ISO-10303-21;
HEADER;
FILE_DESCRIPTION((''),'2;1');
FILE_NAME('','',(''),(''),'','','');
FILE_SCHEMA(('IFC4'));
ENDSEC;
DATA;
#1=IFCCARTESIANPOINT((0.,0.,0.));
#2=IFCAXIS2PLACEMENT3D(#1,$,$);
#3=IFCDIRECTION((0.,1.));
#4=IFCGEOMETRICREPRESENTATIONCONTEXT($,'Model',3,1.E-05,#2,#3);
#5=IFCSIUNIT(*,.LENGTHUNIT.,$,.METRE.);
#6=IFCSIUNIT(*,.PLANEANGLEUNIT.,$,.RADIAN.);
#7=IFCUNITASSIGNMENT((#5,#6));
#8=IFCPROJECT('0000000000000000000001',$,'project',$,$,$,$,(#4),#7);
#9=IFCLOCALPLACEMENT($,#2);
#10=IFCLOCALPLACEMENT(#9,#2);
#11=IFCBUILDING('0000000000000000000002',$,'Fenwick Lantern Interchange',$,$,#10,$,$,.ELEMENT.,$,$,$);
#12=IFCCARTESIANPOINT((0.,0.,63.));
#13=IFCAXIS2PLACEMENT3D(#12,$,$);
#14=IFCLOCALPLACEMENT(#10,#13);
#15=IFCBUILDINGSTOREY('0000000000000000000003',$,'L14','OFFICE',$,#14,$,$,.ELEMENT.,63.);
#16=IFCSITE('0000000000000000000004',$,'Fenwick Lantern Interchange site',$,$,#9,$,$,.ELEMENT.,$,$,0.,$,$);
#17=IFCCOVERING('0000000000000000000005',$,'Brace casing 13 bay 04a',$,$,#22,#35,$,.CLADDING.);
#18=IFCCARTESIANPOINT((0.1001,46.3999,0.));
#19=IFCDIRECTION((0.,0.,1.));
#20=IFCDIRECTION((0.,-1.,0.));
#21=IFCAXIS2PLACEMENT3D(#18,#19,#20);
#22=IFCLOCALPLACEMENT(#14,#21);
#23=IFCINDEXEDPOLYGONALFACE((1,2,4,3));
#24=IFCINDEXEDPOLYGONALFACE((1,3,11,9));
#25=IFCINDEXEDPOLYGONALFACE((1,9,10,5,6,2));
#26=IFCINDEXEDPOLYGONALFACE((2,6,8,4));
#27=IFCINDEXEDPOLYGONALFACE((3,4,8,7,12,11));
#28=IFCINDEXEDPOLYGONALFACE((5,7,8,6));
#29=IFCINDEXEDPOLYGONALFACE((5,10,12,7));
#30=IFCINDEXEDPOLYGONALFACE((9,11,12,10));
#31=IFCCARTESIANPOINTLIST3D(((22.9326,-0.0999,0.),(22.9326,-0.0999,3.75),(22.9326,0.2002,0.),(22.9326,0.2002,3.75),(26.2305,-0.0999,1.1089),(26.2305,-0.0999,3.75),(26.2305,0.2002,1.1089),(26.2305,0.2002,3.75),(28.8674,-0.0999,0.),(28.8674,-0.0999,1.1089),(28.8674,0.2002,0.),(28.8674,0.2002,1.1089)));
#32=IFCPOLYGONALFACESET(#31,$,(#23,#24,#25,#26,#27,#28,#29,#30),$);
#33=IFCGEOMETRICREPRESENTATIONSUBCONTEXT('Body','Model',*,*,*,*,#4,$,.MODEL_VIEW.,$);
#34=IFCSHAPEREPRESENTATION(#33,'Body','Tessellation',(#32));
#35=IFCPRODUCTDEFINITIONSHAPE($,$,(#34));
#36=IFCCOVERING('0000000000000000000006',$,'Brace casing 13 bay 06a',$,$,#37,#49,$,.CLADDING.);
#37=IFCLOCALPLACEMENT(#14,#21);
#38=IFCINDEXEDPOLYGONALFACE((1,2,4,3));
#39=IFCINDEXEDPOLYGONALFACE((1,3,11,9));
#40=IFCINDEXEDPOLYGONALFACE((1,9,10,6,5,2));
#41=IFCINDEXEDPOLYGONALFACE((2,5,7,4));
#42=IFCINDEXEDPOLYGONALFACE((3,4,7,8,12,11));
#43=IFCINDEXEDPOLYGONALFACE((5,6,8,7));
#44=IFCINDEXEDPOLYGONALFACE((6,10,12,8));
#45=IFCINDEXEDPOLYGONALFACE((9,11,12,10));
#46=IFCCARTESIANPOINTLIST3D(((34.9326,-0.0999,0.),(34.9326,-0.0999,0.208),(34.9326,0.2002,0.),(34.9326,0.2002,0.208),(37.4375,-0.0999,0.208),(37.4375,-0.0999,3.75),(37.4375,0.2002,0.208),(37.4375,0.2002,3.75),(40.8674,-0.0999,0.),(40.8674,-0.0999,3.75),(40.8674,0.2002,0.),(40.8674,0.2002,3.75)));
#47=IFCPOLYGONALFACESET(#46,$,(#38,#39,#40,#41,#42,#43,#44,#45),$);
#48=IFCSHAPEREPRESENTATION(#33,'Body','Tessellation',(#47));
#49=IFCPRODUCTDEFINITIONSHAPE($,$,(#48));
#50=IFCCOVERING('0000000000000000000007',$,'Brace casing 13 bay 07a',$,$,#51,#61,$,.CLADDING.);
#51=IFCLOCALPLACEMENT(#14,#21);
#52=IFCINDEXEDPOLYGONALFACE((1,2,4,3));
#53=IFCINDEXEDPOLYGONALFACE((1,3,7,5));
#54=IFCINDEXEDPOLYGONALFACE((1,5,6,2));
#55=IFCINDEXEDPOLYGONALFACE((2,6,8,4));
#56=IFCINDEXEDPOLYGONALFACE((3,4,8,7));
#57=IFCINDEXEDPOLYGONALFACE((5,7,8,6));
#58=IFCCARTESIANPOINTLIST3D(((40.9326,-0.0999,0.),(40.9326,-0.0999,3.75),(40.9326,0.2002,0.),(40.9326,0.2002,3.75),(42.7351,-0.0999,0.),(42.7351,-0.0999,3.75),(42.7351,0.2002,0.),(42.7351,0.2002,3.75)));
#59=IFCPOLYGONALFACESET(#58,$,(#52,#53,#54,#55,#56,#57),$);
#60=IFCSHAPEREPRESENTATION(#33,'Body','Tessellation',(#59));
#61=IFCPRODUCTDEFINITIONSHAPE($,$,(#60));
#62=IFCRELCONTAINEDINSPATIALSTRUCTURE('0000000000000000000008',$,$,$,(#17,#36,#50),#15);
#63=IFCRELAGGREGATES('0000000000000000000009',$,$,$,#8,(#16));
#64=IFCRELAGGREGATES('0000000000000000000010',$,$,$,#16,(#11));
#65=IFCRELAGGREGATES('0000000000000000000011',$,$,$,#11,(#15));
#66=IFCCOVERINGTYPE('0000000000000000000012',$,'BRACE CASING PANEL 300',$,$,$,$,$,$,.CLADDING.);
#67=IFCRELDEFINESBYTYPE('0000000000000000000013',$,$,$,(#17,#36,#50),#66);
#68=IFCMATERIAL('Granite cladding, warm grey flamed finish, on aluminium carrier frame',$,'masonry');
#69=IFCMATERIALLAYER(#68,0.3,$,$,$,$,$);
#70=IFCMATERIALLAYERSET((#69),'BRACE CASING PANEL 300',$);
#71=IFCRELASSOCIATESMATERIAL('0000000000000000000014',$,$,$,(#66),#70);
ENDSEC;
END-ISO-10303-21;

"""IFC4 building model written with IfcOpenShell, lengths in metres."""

from ifc_helpers import new_model, si_unit, direction, frame, origin, place, context, subcontext, project, spatial, polyline, outline, extrude, material, layer, layer_set, type_object, element, save


model = new_model("IFC4")

# Units and contexts
model_context = context("Model", 3, precision=1e-05, world=origin(), true_north=direction((0.0, 1.0)))
body_context = subcontext(model_context, "Body", "Model", "MODEL_VIEW")
ifc_project = project(units=[si_unit("LENGTHUNIT", "METRE"), si_unit("PLANEANGLEUNIT", "RADIAN")], contexts=[model_context])

# Site, building, storey
site_placement = place(None, origin())
site = spatial("IfcSite", under=ifc_project, at=site_placement, Name="Fenwick Lantern Interchange site", CompositionType="ELEMENT", RefElevation=0.0)
building_placement = place(site_placement, origin())
building = spatial("IfcBuilding", under=site, at=building_placement, Name="Fenwick Lantern Interchange", CompositionType="ELEMENT")
storey_placement = place(building_placement, frame((0.0, 0.0, 63.0)))
storey = spatial("IfcBuildingStorey", under=building, at=storey_placement, Name="L14", Description="OFFICE", CompositionType="ELEMENT", Elevation=63.0)

# Coverings
ifc_material_1 = material(Name="Granite cladding, warm grey flamed finish, on aluminium carrier frame", Category="masonry")
ifc_layer_1 = layer(ifc_material_1, 0.3)
ifc_layer_set_1 = layer_set([ifc_layer_1], Name="BRACE CASING PANEL 300")
covering_type = type_object("IfcCoveringType", Name="BRACE CASING PANEL 300", PredefinedType="CLADDING", material=ifc_layer_set_1)
covering_1_placement = place(storey_placement, frame((0.1001, 46.3999, 0.0), z_axis=(0.0, 0.0, 1.0), x_axis=(0.0, -1.0, 0.0)))
element("IfcCovering", 1, at=covering_1_placement, inside=storey, type_object=covering_type, Name="Brace casing 13 bay 04a", PredefinedType="CLADDING", context=body_context, shape_type="SweptSolid", body=[
    extrude(outline(polyline([(22.9326, 0.0), (28.8674, 0.0), (28.8674, 1.1089), (26.2305, 1.1089), (26.2305, 3.75), (22.9326, 3.75), (22.9326, 0.0)])), frame((0.0, 0.2002, 0.0), z_axis=(0.0, -1.0, 0.0), x_axis=(1.0, 0.0, 0.0)), (0.0, 0.0, 1.0), 0.3),
])
covering_2_placement = place(storey_placement, frame((0.1001, 46.3999, 0.0), z_axis=(0.0, 0.0, 1.0), x_axis=(0.0, -1.0, 0.0)))
element("IfcCovering", 2, at=covering_2_placement, inside=storey, type_object=covering_type, Name="Brace casing 13 bay 06a", PredefinedType="CLADDING", context=body_context, shape_type="SweptSolid", body=[
    extrude(outline(polyline([(34.9326, 0.0), (40.8674, 0.0), (40.8674, 3.75), (37.4375, 3.75), (37.4375, 0.208), (34.9326, 0.208), (34.9326, 0.0)])), frame((0.0, 0.2002, 0.0), z_axis=(0.0, -1.0, 0.0), x_axis=(1.0, 0.0, 0.0)), (0.0, 0.0, 1.0), 0.3),
])
covering_3_placement = place(storey_placement, frame((0.1001, 46.3999, 0.0), z_axis=(0.0, 0.0, 1.0), x_axis=(0.0, -1.0, 0.0)))
element("IfcCovering", 3, at=covering_3_placement, inside=storey, type_object=covering_type, Name="Brace casing 13 bay 07a", PredefinedType="CLADDING", context=body_context, shape_type="SweptSolid", body=[
    extrude(outline(polyline([(40.9326, 0.0), (42.7351, 0.0), (42.7351, 3.75), (40.9326, 3.75), (40.9326, 0.0)])), frame((0.0, 0.2002, 0.0), z_axis=(0.0, -1.0, 0.0), x_axis=(1.0, 0.0, 0.0)), (0.0, 0.0, 1.0), 0.3),
])

save(model, "model.ifc")
